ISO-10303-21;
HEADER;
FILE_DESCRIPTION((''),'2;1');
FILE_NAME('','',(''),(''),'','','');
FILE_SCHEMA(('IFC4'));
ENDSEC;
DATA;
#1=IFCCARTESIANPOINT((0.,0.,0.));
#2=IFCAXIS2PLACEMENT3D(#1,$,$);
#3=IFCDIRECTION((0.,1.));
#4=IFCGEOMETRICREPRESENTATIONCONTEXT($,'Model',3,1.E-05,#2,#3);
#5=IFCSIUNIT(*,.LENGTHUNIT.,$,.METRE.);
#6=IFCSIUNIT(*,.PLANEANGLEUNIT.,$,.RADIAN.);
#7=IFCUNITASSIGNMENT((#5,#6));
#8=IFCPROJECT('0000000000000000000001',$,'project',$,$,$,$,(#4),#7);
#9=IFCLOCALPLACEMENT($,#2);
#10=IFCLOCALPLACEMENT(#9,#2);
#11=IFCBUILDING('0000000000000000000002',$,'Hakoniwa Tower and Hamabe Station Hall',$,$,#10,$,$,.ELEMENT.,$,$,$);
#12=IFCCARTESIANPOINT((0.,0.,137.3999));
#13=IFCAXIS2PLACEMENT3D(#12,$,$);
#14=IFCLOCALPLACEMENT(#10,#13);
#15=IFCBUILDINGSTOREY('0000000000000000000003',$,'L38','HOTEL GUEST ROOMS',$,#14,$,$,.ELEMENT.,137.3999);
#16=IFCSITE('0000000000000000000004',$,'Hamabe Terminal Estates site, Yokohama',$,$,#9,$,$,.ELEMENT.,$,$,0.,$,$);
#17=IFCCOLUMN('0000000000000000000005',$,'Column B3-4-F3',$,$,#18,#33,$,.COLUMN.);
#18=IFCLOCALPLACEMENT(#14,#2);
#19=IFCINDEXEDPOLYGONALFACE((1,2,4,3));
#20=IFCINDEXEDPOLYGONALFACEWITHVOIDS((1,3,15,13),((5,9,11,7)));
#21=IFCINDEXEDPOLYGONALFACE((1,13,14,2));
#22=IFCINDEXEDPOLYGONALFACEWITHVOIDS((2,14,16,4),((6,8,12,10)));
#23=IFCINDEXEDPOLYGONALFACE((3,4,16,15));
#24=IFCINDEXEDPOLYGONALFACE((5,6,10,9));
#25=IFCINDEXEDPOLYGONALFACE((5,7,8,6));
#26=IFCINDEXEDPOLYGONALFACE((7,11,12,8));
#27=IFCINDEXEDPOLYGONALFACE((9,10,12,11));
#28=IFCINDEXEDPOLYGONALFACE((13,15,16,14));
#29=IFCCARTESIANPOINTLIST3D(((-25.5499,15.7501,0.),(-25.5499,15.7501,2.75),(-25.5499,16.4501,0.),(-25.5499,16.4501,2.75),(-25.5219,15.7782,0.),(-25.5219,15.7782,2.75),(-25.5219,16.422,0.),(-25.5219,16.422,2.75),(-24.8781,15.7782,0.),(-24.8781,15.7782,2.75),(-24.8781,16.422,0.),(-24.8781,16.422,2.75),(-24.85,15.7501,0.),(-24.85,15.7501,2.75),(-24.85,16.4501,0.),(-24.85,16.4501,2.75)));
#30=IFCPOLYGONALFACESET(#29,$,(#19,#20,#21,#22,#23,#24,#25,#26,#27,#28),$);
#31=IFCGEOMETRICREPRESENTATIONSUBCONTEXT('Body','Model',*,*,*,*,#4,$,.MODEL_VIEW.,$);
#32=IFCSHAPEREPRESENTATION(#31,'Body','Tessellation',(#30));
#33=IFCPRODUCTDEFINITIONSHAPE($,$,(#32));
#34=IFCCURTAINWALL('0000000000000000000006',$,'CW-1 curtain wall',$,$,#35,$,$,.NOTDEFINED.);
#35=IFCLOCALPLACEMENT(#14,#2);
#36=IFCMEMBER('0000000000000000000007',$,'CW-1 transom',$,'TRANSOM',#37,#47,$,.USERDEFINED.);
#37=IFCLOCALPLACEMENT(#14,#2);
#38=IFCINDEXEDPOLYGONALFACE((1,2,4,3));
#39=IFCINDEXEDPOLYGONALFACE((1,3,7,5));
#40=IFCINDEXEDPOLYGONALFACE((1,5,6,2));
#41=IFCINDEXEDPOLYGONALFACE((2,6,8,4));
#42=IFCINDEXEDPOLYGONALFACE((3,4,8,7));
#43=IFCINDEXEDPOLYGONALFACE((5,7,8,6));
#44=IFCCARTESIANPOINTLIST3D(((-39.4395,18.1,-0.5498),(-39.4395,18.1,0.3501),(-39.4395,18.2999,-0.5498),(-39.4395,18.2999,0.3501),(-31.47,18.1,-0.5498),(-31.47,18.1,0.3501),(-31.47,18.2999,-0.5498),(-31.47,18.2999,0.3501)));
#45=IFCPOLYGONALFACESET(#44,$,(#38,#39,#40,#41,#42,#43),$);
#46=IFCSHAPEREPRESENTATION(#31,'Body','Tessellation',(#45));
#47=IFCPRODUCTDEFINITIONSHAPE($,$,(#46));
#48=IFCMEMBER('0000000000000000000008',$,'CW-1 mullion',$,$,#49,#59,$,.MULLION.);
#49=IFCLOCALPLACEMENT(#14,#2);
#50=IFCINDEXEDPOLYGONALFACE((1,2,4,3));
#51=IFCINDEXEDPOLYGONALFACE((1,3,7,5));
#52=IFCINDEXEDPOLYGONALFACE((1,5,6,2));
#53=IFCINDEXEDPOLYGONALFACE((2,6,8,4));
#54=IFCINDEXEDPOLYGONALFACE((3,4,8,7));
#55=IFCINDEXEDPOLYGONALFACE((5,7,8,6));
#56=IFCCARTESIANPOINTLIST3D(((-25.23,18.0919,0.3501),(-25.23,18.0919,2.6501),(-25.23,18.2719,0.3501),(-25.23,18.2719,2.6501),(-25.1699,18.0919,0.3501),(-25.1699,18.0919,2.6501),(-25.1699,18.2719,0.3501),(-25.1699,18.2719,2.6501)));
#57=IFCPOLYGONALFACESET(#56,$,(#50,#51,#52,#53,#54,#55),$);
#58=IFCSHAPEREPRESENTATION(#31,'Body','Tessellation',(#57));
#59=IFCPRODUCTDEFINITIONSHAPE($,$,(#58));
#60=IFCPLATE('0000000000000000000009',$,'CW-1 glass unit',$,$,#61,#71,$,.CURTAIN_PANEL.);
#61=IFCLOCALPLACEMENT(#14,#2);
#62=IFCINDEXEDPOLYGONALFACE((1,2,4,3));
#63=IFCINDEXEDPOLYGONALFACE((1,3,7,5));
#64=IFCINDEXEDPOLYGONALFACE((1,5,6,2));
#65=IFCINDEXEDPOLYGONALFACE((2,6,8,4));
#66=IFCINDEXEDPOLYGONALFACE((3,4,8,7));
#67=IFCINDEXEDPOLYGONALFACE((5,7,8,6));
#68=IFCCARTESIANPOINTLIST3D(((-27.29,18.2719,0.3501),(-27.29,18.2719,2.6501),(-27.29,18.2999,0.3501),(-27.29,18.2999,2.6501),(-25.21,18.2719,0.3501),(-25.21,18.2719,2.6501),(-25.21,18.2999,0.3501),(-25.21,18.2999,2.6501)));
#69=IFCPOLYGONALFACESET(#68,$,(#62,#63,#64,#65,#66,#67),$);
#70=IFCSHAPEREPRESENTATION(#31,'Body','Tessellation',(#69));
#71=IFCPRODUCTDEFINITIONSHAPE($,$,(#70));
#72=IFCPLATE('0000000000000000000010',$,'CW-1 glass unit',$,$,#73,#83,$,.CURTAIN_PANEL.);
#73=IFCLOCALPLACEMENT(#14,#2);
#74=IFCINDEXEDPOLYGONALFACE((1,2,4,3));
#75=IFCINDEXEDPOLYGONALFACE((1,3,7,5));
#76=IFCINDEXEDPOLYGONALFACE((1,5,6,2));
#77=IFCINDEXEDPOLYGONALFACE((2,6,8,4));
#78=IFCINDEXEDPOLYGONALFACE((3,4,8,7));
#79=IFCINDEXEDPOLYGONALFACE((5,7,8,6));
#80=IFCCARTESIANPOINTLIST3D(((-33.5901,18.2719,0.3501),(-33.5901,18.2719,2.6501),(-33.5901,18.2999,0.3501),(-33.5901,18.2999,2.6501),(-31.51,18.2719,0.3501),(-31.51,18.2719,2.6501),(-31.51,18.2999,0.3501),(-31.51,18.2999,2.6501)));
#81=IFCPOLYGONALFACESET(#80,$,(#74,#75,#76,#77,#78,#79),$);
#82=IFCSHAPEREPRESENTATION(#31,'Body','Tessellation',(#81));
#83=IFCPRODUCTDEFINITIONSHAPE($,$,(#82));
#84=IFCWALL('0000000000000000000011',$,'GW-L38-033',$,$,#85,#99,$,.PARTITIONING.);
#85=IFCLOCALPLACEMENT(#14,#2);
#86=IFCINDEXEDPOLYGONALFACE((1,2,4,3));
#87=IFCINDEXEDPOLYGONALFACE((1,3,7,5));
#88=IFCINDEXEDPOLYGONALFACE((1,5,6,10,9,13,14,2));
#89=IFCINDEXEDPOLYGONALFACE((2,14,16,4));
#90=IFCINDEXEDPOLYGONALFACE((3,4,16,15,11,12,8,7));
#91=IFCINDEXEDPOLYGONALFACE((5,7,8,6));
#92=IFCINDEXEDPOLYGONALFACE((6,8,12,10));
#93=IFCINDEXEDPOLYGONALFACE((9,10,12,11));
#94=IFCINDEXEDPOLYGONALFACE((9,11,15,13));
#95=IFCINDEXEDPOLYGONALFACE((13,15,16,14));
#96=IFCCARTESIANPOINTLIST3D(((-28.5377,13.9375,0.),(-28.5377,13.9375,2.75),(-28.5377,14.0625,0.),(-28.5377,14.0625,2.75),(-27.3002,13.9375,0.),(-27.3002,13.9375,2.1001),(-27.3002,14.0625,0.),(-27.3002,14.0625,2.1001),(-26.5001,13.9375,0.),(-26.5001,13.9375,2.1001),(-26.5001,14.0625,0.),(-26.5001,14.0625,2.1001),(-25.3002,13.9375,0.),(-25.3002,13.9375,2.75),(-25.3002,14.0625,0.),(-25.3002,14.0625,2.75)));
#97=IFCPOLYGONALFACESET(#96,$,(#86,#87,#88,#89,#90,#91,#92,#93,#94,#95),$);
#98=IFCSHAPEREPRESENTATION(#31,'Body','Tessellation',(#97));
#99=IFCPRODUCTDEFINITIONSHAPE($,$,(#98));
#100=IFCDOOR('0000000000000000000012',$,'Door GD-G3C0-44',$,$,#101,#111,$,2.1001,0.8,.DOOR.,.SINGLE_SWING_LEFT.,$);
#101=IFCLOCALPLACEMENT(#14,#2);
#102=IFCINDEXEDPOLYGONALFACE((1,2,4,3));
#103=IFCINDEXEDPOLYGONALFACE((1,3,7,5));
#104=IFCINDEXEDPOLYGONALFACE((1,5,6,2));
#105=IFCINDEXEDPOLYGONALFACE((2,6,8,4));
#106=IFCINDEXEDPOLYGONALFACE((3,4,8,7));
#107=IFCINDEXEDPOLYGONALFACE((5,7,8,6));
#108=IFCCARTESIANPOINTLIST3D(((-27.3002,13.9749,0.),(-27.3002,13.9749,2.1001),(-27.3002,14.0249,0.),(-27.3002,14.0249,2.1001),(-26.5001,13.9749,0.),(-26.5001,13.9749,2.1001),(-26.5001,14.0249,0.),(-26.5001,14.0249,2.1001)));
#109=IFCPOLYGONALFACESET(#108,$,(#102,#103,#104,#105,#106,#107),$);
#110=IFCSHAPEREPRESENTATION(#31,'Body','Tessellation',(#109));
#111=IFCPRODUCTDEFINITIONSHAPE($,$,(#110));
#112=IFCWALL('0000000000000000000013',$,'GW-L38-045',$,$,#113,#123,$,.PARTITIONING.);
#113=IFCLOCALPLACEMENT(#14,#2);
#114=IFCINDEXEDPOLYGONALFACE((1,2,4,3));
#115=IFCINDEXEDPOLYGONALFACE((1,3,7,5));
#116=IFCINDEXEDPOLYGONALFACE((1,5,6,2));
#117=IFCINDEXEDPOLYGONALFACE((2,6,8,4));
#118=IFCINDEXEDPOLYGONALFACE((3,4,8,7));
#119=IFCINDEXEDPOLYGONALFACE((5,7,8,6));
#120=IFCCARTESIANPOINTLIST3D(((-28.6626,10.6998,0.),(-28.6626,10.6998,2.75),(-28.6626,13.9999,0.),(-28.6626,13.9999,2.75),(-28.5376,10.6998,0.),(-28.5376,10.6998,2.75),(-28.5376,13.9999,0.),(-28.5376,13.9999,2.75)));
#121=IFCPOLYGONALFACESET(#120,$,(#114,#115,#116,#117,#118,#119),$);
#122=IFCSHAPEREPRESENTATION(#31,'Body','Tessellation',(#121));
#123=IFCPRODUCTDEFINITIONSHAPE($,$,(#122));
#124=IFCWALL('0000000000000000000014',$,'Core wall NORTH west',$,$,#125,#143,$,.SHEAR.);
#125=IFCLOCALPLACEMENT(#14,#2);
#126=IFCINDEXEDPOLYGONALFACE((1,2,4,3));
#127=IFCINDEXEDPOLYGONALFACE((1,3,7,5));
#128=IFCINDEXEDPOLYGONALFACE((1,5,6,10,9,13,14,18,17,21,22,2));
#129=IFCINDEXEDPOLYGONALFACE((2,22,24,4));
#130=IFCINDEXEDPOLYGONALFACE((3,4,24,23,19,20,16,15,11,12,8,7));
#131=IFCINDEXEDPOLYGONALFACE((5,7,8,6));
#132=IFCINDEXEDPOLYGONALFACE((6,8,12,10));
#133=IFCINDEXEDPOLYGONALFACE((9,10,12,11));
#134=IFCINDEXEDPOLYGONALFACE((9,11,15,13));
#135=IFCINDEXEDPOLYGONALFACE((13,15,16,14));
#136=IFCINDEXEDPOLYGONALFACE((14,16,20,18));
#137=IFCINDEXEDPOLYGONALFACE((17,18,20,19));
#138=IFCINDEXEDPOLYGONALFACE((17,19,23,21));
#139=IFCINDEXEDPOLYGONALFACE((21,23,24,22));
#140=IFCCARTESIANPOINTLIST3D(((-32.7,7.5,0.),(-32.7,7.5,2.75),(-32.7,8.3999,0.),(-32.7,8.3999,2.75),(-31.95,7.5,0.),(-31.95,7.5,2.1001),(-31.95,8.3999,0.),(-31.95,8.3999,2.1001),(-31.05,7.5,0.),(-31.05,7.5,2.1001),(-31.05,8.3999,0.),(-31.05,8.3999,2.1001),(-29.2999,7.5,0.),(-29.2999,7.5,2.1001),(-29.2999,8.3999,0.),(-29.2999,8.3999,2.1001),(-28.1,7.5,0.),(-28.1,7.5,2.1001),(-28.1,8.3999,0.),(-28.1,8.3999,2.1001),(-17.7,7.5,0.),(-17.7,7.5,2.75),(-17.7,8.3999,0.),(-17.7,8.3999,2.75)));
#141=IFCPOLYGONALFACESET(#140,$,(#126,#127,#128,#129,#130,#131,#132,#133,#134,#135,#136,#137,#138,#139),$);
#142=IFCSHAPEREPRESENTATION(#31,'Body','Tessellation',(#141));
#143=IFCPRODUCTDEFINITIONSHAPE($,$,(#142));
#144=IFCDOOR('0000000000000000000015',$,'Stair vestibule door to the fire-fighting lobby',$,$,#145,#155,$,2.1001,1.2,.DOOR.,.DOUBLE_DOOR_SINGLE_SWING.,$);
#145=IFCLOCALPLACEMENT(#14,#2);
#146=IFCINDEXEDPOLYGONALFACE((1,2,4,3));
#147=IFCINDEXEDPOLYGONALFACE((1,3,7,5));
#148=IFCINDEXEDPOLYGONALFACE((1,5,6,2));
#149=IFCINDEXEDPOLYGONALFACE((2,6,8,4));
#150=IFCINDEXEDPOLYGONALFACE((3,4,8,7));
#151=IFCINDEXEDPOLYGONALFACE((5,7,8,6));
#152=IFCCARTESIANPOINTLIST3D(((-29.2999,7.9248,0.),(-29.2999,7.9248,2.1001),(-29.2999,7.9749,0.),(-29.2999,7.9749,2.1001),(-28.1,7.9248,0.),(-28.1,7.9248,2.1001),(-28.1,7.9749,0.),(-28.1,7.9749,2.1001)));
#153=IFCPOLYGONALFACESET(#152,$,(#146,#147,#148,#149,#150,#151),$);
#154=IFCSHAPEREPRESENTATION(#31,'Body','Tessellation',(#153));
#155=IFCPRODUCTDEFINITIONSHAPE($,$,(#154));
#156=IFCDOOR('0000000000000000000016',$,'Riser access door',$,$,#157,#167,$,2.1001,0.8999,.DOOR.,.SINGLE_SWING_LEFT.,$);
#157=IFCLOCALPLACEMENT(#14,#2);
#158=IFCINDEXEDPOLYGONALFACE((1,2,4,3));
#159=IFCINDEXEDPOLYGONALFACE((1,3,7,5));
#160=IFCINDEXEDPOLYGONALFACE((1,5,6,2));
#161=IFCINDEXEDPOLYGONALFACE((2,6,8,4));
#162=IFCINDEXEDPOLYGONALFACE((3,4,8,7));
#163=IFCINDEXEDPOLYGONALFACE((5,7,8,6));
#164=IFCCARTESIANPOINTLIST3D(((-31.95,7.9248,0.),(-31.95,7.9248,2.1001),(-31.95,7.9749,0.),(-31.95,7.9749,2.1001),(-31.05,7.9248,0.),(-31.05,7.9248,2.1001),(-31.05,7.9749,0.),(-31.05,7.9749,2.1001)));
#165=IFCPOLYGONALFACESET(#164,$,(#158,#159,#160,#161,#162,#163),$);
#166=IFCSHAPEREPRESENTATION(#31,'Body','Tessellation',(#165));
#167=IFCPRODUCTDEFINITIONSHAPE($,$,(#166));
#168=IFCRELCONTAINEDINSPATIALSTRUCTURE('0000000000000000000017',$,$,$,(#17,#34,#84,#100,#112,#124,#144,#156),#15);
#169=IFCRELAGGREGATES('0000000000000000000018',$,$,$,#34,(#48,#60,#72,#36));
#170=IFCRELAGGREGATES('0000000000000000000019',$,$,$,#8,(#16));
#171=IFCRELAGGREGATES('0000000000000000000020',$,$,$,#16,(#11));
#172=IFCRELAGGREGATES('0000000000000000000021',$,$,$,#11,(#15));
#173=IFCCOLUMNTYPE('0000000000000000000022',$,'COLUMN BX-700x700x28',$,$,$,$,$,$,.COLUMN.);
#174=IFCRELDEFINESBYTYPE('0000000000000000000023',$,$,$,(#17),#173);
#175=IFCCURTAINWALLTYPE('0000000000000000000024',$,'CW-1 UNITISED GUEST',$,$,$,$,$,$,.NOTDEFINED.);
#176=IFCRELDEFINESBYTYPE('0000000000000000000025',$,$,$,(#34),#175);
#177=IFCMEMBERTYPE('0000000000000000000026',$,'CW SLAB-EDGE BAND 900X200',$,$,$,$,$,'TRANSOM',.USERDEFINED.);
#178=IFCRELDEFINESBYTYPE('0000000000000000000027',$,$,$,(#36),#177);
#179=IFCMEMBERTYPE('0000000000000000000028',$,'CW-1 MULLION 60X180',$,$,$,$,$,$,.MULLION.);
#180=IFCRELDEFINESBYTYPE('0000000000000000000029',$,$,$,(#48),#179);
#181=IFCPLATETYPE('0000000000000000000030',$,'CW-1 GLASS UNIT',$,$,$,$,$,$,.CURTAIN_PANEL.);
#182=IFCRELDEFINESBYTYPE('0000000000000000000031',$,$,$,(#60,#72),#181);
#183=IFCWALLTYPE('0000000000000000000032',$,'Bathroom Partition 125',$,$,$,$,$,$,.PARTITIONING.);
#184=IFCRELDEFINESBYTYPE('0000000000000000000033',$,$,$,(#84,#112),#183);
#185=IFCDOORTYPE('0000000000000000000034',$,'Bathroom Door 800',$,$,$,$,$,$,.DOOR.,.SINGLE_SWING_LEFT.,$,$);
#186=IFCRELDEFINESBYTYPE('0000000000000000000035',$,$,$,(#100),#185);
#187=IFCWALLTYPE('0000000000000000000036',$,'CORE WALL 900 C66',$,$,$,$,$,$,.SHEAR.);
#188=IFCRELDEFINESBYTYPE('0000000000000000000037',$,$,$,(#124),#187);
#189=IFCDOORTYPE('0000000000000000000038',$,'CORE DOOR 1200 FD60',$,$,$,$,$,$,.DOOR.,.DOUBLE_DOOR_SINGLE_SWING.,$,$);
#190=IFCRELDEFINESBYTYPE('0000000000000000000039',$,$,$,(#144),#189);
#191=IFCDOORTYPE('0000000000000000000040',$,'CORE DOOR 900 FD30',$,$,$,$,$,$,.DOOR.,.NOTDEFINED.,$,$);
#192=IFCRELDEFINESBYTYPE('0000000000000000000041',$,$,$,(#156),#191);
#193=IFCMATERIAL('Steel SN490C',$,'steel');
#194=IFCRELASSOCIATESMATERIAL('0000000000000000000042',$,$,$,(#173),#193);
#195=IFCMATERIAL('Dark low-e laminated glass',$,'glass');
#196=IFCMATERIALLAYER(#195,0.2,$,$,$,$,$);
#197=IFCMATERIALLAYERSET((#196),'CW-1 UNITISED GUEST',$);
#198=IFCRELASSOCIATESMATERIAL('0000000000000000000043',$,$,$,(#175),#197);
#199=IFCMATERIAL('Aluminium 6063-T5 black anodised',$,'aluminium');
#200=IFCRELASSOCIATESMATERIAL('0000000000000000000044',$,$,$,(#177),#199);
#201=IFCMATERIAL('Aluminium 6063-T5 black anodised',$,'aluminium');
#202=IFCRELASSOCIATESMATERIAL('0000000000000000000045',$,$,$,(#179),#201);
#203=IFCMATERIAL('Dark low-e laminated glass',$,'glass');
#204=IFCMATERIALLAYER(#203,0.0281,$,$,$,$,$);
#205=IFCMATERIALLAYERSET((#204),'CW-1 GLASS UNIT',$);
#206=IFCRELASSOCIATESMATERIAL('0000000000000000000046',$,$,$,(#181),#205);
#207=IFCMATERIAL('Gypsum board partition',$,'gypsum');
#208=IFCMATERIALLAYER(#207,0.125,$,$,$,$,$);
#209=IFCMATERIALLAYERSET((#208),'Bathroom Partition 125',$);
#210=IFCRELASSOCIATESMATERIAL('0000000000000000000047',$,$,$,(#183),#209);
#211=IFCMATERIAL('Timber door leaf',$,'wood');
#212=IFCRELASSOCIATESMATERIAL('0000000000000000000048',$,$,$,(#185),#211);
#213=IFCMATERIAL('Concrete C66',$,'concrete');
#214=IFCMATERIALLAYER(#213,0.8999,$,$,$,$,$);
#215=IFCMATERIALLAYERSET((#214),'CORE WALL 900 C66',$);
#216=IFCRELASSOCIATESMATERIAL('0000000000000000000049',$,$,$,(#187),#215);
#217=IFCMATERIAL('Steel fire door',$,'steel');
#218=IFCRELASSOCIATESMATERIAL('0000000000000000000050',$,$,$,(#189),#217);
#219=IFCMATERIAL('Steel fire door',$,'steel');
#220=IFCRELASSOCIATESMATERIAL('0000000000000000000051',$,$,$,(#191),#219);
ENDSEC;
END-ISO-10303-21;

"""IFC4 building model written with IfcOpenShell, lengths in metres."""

from ifc_helpers import new_model, si_unit, direction, frame, frame_2d, origin, origin_2d, place, context, subcontext, project, spatial, rectangle, hollow_rectangle, extrude, material, layer, layer_set, material_profile, profile_set, type_object, element, fill, aggregate, save


model = new_model("IFC4")

# Units and contexts
model_context = context("Model", 3, precision=1e-05, world=origin(), true_north=direction((0.0, 1.0)))
body_context = subcontext(model_context, "Body", "Model", "MODEL_VIEW")
ifc_project = project(units=[si_unit("LENGTHUNIT", "METRE"), si_unit("PLANEANGLEUNIT", "RADIAN")], contexts=[model_context])

# Site, building, storey
site_placement = place(None, origin())
site = spatial("IfcSite", under=ifc_project, at=site_placement, Name="Hamabe Terminal Estates site, Yokohama", CompositionType="ELEMENT", RefElevation=0.0)
building_placement = place(site_placement, origin())
building = spatial("IfcBuilding", under=site, at=building_placement, Name="Hakoniwa Tower and Hamabe Station Hall", CompositionType="ELEMENT")
storey_placement = place(building_placement, frame((0.0, 0.0, 137.3999)))
storey = spatial("IfcBuildingStorey", under=building, at=storey_placement, Name="L38", Description="HOTEL GUEST ROOMS", CompositionType="ELEMENT", Elevation=137.3999)

# Column
ifc_material_1 = material(Name="Steel SN490C", Category="steel")
ifc_material_profile_1 = material_profile(ifc_material_1, hollow_rectangle(XDim=0.7, YDim=0.7, WallThickness=0.0281, at=origin_2d()), Name="BX-700x700x28")
ifc_profile_set_1 = profile_set([ifc_material_profile_1], Name="Steel SN490C")
column_type = type_object("IfcColumnType", Name="COLUMN BX-700x700x28", PredefinedType="COLUMN", material=ifc_profile_set_1)
column_placement = place(storey_placement, frame((-25.2, 16.1001, 0.0), z_axis=(0.0, 0.0, 1.0), x_axis=(1.0, 0.0, 0.0)))
element("IfcColumn", 1, at=column_placement, inside=storey, type_object=column_type, Name="Column B3-4-F3", PredefinedType="COLUMN", context=body_context, shape_type="SweptSolid", body=[
    extrude(hollow_rectangle(XDim=0.7, YDim=0.7, WallThickness=0.0281, at=origin_2d()), origin(), (0.0, 0.0, 1.0), 2.75),
])

# Curtain wall, members, plates
ifc_material_2 = material(Name="Dark low-e laminated glass", Category="glass")
ifc_layer_1 = layer(ifc_material_2, 0.2)
ifc_layer_set_1 = layer_set([ifc_layer_1], Name="CW-1 UNITISED GUEST")
curtain_wall_type = type_object("IfcCurtainWallType", Name="CW-1 UNITISED GUEST", PredefinedType="NOTDEFINED", material=ifc_layer_set_1)
curtain_wall_placement = place(storey_placement, origin())
curtain_wall = element("IfcCurtainWall", 2, at=curtain_wall_placement, inside=storey, type_object=curtain_wall_type, Name="CW-1 curtain wall", PredefinedType="NOTDEFINED")
ifc_material_3 = material(Name="Aluminium 6063-T5 black anodised", Category="aluminium")
ifc_material_profile_2 = material_profile(ifc_material_3, rectangle(XDim=0.2, YDim=0.8999, at=origin_2d()), Name="CW SLAB-EDGE BAND 900X200")
ifc_profile_set_2 = profile_set([ifc_material_profile_2], Name="Aluminium 6063-T5 black anodised")
member_type_1 = type_object("IfcMemberType", Name="CW SLAB-EDGE BAND 900X200", ElementType="TRANSOM", PredefinedType="USERDEFINED", material=ifc_profile_set_2)
member_1_placement = place(storey_placement, frame((-31.47, 18.2, -0.0999), z_axis=(-1.0, 0.0, 0.0), x_axis=(0.0, -1.0, 0.0)))
member_1 = element("IfcMember", 3, at=member_1_placement, type_object=member_type_1, Name="CW-1 transom", ObjectType="TRANSOM", PredefinedType="USERDEFINED", context=body_context, shape_type="SweptSolid", body=[
    extrude(rectangle(XDim=0.2, YDim=0.8999, at=origin_2d()), origin(), (0.0, 0.0, 1.0), 7.9695),
])
ifc_material_4 = material(Name="Aluminium 6063-T5 black anodised", Category="aluminium")
ifc_material_profile_3 = material_profile(ifc_material_4, rectangle(XDim=0.0601, YDim=0.1799, at=origin_2d()), Name="CW-1 MULLION 60X180")
ifc_profile_set_3 = profile_set([ifc_material_profile_3], Name="Aluminium 6063-T5 black anodised")
member_type_2 = type_object("IfcMemberType", Name="CW-1 MULLION 60X180", PredefinedType="MULLION", material=ifc_profile_set_3)
member_2_placement = place(storey_placement, frame((-25.2, 18.1819, 0.3501), z_axis=(0.0, 0.0, 1.0), x_axis=(-1.0, 0.0, 0.0)))
member_2 = element("IfcMember", 4, at=member_2_placement, type_object=member_type_2, Name="CW-1 mullion", PredefinedType="MULLION", context=body_context, shape_type="SweptSolid", body=[
    extrude(rectangle(XDim=0.0601, YDim=0.1799, at=origin_2d()), origin(), (0.0, 0.0, 1.0), 2.3),
])
ifc_material_5 = material(Name="Dark low-e laminated glass", Category="glass")
ifc_layer_2 = layer(ifc_material_5, 0.0281)
ifc_layer_set_2 = layer_set([ifc_layer_2], Name="CW-1 GLASS UNIT")
plate_type = type_object("IfcPlateType", Name="CW-1 GLASS UNIT", PredefinedType="CURTAIN_PANEL", material=ifc_layer_set_2)
plate_1_placement = place(storey_placement, frame((-26.25, 18.2859, 0.3501), z_axis=(0.0, 0.0, 1.0), x_axis=(-1.0, 0.0, 0.0)))
plate_1 = element("IfcPlate", 5, at=plate_1_placement, type_object=plate_type, Name="CW-1 glass unit", PredefinedType="CURTAIN_PANEL", context=body_context, shape_type="SweptSolid", body=[
    extrude(rectangle(XDim=2.0801, YDim=0.0281, at=origin_2d()), origin(), (0.0, 0.0, 1.0), 2.3),
])
plate_2_placement = place(storey_placement, frame((-32.55, 18.2859, 0.3501), z_axis=(0.0, 0.0, 1.0), x_axis=(-1.0, 0.0, 0.0)))
plate_2 = element("IfcPlate", 6, at=plate_2_placement, type_object=plate_type, Name="CW-1 glass unit", PredefinedType="CURTAIN_PANEL", context=body_context, shape_type="SweptSolid", body=[
    extrude(rectangle(XDim=2.0801, YDim=0.0281, at=origin_2d()), origin(), (0.0, 0.0, 1.0), 2.3),
])

# Wall, opening, door
ifc_material_6 = material(Name="Gypsum board partition", Category="gypsum")
ifc_layer_3 = layer(ifc_material_6, 0.125)
ifc_layer_set_3 = layer_set([ifc_layer_3], Name="Bathroom Partition 125")
wall_type_1 = type_object("IfcWallType", Name="Bathroom Partition 125", PredefinedType="PARTITIONING", material=ifc_layer_set_3)
wall_1_placement = place(storey_placement, frame((-28.5376, 14.0, 0.0), z_axis=(0.0, 0.0, 1.0), x_axis=(1.0, 0.0, 0.0)))
wall_1 = element("IfcWall", 7, at=wall_1_placement, inside=storey, type_object=wall_type_1, Name="GW-L38-033", PredefinedType="PARTITIONING", context=body_context, shape_type="SweptSolid", body=[
    extrude(rectangle(XDim=3.2375, YDim=0.125, at=frame_2d((1.6187, 0.0))), origin(), (0.0, 0.0, 1.0), 2.75),
])
opening_1_placement = place(wall_1_placement, frame((1.2375, 0.0, 0.0)))
opening_1 = element("IfcOpeningElement", 8, at=opening_1_placement, cuts=wall_1, PredefinedType="OPENING", context=body_context, shape_type="SweptSolid", body=[
    extrude(rectangle(XDim=0.8, YDim=2.1001, at=frame_2d((0.3999, 1.05))), frame((0.0, 0.0725, 0.0), z_axis=(0.0, -1.0, 0.0), x_axis=(1.0, 0.0, 0.0)), (0.0, 0.0, 1.0), 0.145),
])
ifc_material_7 = material(Name="Timber door leaf", Category="wood")
door_type_1 = type_object("IfcDoorType", Name="Bathroom Door 800", OperationType="SINGLE_SWING_LEFT", PredefinedType="DOOR", material=ifc_material_7)
door_1_placement = place(opening_1_placement, origin())
door_1 = element("IfcDoor", 9, at=door_1_placement, inside=storey, type_object=door_type_1, Name="Door GD-G3C0-44", OperationType="SINGLE_SWING_LEFT", OverallHeight=2.1001, OverallWidth=0.8, PredefinedType="DOOR", context=body_context, shape_type="SweptSolid", body=[
    extrude(rectangle(XDim=0.8, YDim=2.1001, at=frame_2d((0.3999, 1.05))), frame((0.0, 0.0249, 0.0), z_axis=(0.0, -1.0, 0.0), x_axis=(1.0, 0.0, 0.0)), (0.0, 0.0, 1.0), 0.05),
])
fill(opening_1, door_1)

# Wall
wall_2_placement = place(storey_placement, frame((-28.6001, 10.7, 0.0), z_axis=(0.0, 0.0, 1.0), x_axis=(0.0, 1.0, 0.0)))
element("IfcWall", 10, at=wall_2_placement, inside=storey, type_object=wall_type_1, Name="GW-L38-045", PredefinedType="PARTITIONING", context=body_context, shape_type="SweptSolid", body=[
    extrude(rectangle(XDim=3.3, YDim=0.125, at=frame_2d((1.6499, 0.0))), origin(), (0.0, 0.0, 1.0), 2.75),
])

# Wall, openings, doors
ifc_material_8 = material(Name="Concrete C66", Category="concrete")
ifc_layer_4 = layer(ifc_material_8, 0.8999)
ifc_layer_set_4 = layer_set([ifc_layer_4], Name="CORE WALL 900 C66")
wall_type_2 = type_object("IfcWallType", Name="CORE WALL 900 C66", PredefinedType="SHEAR", material=ifc_layer_set_4)
wall_3_placement = place(storey_placement, frame((-32.7, 7.95, 0.0), z_axis=(0.0, 0.0, 1.0), x_axis=(1.0, 0.0, 0.0)))
wall_3 = element("IfcWall", 11, at=wall_3_placement, inside=storey, type_object=wall_type_2, Name="Core wall NORTH west", PredefinedType="SHEAR", context=body_context, shape_type="SweptSolid", body=[
    extrude(rectangle(XDim=15.0, YDim=0.8999, at=frame_2d((7.5, 0.0))), origin(), (0.0, 0.0, 1.0), 2.75),
])
opening_2_placement = place(wall_3_placement, frame((3.3999, 0.0, 0.0)))
opening_2 = element("IfcOpeningElement", 12, at=opening_2_placement, cuts=wall_3, PredefinedType="OPENING", context=body_context, shape_type="SweptSolid", body=[
    extrude(rectangle(XDim=1.2, YDim=2.1001, at=frame_2d((0.6001, 1.05))), frame((0.0, 0.46, 0.0), z_axis=(0.0, -1.0, 0.0), x_axis=(1.0, 0.0, 0.0)), (0.0, 0.0, 1.0), 0.9199),
])
opening_3_placement = place(wall_3_placement, frame((0.75, 0.0, 0.0)))
opening_3 = element("IfcOpeningElement", 13, at=opening_3_placement, cuts=wall_3, PredefinedType="OPENING", context=body_context, shape_type="SweptSolid", body=[
    extrude(rectangle(XDim=0.8999, YDim=2.1001, at=frame_2d((0.45, 1.05))), frame((0.0, 0.46, 0.0), z_axis=(0.0, -1.0, 0.0), x_axis=(1.0, 0.0, 0.0)), (0.0, 0.0, 1.0), 0.9199),
])
ifc_material_9 = material(Name="Steel fire door", Category="steel")
door_type_2 = type_object("IfcDoorType", Name="CORE DOOR 1200 FD60", OperationType="DOUBLE_DOOR_SINGLE_SWING", PredefinedType="DOOR", material=ifc_material_9)
door_2_placement = place(opening_2_placement, origin())
door_2 = element("IfcDoor", 14, at=door_2_placement, inside=storey, type_object=door_type_2, Name="Stair vestibule door to the fire-fighting lobby", OperationType="DOUBLE_DOOR_SINGLE_SWING", OverallHeight=2.1001, OverallWidth=1.2, PredefinedType="DOOR", context=body_context, shape_type="SweptSolid", body=[
    extrude(rectangle(XDim=1.2, YDim=2.1001, at=frame_2d((0.6001, 1.05))), frame((0.0, 0.0249, 0.0), z_axis=(0.0, -1.0, 0.0), x_axis=(1.0, 0.0, 0.0)), (0.0, 0.0, 1.0), 0.05),
])
fill(opening_2, door_2)
ifc_material_10 = material(Name="Steel fire door", Category="steel")
door_type_3 = type_object("IfcDoorType", Name="CORE DOOR 900 FD30", OperationType="NOTDEFINED", PredefinedType="DOOR", material=ifc_material_10)
door_3_placement = place(opening_3_placement, origin())
door_3 = element("IfcDoor", 15, at=door_3_placement, inside=storey, type_object=door_type_3, Name="Riser access door", OperationType="SINGLE_SWING_LEFT", OverallHeight=2.1001, OverallWidth=0.8999, PredefinedType="DOOR", context=body_context, shape_type="SweptSolid", body=[
    extrude(rectangle(XDim=0.8999, YDim=2.1001, at=frame_2d((0.45, 1.05))), frame((0.0, 0.0249, 0.0), z_axis=(0.0, -1.0, 0.0), x_axis=(1.0, 0.0, 0.0)), (0.0, 0.0, 1.0), 0.05),
])
fill(opening_3, door_3)

aggregate(curtain_wall, [member_2, plate_1, plate_2, member_1])

save(model, "model.ifc")
